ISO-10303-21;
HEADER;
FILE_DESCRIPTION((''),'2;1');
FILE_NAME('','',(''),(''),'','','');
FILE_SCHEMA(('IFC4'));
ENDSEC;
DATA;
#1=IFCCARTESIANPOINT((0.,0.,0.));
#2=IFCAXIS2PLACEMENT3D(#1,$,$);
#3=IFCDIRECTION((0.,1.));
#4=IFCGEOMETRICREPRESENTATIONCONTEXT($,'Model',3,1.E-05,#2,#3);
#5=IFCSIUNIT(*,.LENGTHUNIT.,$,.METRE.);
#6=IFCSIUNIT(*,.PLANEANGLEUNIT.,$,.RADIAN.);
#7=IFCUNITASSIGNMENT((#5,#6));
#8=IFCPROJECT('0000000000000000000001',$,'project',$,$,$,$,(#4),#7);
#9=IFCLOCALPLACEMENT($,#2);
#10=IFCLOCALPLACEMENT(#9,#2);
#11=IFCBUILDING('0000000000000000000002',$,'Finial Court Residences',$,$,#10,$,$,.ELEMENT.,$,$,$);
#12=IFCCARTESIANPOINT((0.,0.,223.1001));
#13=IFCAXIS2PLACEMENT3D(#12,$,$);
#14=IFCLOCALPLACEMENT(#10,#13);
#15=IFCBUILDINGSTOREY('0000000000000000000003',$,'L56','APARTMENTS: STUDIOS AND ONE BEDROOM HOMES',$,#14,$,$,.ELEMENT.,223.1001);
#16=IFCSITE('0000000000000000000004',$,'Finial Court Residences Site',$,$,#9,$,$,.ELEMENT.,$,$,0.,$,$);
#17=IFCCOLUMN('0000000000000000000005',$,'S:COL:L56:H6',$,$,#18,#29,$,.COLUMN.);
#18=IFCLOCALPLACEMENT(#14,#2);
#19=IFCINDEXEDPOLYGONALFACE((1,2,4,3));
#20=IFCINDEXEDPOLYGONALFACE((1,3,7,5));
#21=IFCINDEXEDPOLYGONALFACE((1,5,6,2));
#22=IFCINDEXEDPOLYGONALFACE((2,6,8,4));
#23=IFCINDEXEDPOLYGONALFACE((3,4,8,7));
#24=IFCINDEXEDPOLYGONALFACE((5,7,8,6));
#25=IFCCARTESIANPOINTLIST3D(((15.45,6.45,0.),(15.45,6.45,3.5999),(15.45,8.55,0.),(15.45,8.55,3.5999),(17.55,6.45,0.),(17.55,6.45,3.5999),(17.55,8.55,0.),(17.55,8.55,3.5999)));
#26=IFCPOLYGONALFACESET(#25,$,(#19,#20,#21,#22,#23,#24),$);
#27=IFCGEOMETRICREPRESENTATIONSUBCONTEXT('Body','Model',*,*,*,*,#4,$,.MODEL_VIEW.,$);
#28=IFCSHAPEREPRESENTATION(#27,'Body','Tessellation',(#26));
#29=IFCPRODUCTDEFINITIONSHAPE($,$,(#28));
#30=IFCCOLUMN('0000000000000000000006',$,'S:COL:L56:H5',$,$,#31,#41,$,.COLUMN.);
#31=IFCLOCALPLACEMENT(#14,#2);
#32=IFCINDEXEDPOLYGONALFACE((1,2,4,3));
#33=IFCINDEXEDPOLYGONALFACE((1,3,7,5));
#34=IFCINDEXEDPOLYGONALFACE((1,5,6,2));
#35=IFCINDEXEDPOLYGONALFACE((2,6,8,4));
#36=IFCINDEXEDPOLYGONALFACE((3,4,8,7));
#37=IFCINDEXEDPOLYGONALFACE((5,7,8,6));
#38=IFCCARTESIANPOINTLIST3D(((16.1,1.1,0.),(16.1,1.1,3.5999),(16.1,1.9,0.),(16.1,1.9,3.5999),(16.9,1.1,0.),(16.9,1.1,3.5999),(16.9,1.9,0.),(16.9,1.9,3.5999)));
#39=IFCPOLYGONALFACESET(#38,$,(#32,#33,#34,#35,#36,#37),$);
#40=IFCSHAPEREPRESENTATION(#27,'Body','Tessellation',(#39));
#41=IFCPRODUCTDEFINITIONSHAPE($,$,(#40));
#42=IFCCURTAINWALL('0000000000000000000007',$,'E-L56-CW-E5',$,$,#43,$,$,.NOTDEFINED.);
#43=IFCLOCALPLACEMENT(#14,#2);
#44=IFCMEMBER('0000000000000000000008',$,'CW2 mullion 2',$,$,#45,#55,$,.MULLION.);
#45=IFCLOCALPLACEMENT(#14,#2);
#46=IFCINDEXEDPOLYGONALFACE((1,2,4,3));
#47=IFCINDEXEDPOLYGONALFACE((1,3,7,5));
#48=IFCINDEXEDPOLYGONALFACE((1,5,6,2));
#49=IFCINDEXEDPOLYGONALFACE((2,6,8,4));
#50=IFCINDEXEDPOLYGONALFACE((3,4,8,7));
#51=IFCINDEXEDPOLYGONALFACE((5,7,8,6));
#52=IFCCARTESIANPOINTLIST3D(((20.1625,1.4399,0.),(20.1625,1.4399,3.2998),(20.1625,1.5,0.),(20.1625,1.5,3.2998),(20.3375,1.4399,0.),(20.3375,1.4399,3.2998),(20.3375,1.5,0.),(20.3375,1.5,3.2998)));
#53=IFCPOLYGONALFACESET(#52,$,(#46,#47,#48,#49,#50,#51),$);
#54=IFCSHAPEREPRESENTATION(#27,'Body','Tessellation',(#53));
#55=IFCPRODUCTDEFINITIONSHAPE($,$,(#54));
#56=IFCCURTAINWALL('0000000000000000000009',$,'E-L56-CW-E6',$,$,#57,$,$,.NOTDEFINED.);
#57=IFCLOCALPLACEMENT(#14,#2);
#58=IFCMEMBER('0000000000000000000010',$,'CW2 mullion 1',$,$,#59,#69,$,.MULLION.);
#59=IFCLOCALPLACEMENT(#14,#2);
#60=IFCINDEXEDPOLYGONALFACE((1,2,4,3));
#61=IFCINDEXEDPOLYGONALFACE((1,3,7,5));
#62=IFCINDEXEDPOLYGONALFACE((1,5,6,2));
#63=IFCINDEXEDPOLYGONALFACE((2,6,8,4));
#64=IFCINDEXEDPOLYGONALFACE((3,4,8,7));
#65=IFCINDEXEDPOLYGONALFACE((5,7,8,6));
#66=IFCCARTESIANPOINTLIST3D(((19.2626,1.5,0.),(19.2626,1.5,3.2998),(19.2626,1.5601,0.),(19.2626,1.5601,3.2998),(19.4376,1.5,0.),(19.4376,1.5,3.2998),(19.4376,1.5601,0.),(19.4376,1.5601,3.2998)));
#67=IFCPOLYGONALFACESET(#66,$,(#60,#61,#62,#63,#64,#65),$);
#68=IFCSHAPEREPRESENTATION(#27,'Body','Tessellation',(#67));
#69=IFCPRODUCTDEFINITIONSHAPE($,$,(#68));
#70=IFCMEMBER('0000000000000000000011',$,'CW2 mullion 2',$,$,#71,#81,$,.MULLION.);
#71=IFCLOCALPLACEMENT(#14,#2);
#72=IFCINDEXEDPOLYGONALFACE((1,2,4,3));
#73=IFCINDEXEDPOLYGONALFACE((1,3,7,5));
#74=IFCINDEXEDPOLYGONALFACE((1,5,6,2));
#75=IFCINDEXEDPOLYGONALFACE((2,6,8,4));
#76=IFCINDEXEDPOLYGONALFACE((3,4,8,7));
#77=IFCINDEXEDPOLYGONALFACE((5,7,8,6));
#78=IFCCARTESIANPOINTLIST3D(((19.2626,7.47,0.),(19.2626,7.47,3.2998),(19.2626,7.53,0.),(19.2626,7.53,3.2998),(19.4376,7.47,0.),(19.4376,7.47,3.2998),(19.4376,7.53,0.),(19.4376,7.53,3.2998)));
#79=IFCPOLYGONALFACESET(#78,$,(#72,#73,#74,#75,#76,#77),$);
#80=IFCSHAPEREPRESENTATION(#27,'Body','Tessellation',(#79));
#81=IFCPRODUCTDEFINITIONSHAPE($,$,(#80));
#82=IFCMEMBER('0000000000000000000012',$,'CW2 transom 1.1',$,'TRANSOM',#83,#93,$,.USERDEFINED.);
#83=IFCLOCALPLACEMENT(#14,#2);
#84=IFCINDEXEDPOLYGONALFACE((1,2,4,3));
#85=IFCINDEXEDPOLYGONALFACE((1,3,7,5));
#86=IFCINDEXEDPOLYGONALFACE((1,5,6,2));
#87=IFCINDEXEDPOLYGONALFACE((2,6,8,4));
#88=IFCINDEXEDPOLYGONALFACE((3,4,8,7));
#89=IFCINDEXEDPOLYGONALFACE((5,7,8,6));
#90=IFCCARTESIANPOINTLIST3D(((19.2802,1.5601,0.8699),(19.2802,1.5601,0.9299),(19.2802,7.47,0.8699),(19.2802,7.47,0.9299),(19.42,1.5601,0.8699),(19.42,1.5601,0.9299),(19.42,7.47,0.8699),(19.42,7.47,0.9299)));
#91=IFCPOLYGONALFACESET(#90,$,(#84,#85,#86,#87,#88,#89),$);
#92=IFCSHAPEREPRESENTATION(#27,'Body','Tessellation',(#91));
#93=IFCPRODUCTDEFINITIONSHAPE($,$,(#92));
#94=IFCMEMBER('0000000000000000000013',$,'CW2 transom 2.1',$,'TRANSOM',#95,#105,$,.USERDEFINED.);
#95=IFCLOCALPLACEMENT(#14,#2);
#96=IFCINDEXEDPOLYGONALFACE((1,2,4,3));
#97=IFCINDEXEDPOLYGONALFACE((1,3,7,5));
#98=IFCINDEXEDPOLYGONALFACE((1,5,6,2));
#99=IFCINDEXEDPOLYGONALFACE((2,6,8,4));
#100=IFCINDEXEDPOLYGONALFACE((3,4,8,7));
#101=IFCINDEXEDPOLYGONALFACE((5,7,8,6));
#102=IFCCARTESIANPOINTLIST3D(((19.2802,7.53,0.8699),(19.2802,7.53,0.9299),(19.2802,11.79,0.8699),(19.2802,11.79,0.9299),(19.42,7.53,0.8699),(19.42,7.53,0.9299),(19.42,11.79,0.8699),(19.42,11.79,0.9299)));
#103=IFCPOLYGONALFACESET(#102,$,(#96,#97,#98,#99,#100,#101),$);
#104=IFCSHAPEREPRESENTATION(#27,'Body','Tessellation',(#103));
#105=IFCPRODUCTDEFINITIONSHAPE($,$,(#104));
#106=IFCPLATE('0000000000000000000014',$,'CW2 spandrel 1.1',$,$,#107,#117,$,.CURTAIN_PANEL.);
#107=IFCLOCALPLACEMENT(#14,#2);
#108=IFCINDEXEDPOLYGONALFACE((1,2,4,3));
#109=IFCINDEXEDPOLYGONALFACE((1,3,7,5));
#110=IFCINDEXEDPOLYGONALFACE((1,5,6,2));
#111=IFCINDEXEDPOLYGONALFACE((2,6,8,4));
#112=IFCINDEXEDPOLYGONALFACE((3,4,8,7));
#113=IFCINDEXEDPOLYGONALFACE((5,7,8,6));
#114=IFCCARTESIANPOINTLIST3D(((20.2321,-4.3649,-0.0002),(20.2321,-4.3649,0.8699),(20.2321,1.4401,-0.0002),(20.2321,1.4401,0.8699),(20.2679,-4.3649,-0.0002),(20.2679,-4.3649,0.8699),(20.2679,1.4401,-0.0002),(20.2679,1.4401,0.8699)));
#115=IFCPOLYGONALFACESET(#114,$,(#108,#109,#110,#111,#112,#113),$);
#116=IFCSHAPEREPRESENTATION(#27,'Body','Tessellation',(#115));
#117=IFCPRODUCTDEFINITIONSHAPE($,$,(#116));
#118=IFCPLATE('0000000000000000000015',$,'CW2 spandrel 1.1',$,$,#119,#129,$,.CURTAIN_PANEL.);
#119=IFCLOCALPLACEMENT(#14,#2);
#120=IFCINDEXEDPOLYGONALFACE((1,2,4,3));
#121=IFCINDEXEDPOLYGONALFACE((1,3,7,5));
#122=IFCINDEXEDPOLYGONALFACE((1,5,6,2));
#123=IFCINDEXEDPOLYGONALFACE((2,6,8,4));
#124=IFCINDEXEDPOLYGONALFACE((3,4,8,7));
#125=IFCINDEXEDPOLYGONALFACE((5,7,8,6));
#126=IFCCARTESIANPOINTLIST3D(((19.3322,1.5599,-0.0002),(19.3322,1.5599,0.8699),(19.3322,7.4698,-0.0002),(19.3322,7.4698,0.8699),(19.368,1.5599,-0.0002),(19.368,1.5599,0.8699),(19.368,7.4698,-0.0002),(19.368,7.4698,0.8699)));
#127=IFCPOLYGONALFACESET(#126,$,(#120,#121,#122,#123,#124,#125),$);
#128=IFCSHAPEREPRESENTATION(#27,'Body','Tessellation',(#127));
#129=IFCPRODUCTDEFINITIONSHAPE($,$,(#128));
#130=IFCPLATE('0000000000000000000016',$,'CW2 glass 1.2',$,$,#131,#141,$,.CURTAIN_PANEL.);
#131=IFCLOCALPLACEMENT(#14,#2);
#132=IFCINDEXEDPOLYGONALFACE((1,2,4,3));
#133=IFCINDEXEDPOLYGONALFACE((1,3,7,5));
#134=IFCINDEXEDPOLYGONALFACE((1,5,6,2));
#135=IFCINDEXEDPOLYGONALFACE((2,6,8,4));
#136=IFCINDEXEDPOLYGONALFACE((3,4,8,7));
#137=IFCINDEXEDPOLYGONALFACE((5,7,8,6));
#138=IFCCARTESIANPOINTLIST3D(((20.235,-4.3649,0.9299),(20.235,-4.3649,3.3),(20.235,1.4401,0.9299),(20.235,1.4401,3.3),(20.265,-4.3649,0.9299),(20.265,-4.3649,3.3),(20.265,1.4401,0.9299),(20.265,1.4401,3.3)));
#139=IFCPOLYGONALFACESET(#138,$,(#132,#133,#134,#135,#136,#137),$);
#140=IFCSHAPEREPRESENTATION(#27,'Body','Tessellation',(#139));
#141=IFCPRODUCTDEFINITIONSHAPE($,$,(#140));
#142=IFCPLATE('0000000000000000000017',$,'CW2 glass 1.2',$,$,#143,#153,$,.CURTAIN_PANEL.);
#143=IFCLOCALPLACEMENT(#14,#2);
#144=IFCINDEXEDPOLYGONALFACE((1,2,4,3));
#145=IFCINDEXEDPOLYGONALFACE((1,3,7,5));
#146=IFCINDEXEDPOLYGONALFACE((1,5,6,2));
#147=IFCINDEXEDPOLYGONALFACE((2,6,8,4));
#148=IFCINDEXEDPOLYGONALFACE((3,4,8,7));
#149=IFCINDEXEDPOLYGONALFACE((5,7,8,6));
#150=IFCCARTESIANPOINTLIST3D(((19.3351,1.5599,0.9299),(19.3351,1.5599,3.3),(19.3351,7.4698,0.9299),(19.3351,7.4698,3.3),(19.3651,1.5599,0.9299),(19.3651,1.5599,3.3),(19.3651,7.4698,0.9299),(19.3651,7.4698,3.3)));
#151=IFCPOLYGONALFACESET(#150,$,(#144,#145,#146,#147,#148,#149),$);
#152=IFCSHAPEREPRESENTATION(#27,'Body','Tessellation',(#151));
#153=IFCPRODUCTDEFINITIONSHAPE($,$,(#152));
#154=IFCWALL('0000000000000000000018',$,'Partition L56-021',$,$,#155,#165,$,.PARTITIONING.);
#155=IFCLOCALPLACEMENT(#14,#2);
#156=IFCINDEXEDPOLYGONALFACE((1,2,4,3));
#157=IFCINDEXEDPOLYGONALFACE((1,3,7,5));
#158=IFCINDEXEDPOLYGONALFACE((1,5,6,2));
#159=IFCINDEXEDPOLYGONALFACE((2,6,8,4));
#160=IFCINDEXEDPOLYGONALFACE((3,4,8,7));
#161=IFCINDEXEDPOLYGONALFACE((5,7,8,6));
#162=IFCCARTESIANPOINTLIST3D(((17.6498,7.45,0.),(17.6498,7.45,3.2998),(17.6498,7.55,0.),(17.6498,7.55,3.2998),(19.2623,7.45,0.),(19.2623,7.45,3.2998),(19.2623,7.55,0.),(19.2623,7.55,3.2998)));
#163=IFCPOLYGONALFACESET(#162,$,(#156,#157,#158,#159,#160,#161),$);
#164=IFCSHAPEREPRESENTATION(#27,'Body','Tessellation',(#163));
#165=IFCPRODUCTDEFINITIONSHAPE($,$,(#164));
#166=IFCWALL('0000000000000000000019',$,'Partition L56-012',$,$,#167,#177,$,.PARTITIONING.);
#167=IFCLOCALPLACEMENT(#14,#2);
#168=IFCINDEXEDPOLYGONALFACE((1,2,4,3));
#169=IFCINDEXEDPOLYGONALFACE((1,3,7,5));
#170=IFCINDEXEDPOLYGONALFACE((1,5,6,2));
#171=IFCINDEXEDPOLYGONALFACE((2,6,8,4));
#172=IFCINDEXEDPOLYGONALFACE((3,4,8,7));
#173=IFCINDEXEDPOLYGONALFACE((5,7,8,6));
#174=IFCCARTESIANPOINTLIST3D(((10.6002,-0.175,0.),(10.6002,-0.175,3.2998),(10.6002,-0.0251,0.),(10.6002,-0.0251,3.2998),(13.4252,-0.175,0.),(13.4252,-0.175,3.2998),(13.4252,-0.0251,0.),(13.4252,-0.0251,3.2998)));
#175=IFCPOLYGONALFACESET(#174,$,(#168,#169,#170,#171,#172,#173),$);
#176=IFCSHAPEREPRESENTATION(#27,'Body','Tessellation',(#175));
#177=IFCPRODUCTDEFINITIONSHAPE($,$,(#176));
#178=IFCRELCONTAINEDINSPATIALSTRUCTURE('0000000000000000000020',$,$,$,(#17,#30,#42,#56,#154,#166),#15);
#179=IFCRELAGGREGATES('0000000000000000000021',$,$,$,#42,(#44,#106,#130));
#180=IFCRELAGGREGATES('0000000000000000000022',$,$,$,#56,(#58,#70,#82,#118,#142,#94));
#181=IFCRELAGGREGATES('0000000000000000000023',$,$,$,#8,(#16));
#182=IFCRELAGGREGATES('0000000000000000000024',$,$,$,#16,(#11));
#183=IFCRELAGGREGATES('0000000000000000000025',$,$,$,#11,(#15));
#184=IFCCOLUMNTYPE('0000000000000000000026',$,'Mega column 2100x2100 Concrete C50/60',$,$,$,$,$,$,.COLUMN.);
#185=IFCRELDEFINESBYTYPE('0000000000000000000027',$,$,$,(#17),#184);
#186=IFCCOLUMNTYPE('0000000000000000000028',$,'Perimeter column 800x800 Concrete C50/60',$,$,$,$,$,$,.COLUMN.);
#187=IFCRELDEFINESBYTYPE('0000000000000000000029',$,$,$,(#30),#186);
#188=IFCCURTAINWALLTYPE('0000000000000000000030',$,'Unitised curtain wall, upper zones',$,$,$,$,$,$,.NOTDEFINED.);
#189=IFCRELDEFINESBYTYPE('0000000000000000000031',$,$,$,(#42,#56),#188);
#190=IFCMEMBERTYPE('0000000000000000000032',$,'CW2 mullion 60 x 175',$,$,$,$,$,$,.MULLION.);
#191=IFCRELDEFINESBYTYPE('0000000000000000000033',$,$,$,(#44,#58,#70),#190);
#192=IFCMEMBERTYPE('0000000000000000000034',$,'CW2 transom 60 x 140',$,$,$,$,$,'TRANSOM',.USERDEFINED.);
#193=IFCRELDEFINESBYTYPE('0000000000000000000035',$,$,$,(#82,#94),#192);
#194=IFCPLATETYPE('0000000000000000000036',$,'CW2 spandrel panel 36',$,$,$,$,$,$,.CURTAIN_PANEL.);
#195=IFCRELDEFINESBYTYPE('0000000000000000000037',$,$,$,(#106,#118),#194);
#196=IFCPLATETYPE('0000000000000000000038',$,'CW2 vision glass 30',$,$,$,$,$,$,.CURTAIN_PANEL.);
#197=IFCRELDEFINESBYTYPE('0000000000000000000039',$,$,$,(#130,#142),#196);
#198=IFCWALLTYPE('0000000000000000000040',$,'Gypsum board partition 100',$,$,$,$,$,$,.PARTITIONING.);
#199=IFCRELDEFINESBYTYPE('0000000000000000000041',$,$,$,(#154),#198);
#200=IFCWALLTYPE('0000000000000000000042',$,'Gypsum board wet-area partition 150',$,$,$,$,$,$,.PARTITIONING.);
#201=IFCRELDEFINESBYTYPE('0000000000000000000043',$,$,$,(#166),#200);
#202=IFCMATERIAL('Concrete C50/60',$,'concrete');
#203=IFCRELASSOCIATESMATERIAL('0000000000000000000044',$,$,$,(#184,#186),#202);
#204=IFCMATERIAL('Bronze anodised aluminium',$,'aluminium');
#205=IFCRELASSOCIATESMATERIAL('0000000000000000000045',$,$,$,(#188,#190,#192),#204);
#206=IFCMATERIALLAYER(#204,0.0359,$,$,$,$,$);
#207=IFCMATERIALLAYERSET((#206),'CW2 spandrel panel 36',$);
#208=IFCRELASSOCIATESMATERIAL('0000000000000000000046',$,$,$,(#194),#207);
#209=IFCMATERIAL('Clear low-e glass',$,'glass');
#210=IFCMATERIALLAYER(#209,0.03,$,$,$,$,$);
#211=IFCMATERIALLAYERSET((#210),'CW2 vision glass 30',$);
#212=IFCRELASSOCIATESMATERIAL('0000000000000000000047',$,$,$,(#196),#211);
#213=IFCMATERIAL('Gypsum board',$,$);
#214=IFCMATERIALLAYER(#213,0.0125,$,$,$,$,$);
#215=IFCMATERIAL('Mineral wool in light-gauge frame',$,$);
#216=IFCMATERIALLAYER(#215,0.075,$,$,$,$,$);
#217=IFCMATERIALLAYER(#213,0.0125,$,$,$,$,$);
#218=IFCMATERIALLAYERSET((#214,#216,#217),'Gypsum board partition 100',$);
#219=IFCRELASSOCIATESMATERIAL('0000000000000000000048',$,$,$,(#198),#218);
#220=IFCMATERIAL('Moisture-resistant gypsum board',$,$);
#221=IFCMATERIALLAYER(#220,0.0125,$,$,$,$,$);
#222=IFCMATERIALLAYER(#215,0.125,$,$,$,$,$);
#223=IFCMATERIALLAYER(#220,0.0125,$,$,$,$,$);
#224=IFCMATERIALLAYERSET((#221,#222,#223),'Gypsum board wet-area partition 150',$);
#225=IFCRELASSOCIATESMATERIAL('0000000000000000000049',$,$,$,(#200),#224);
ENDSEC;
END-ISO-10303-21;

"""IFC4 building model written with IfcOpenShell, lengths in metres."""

from ifc_helpers import new_model, si_unit, direction, frame, frame_2d, origin, origin_2d, place, context, subcontext, project, spatial, rectangle, extrude, material, layer, layer_set, material_profile, profile_set, type_object, element, aggregate, save


model = new_model("IFC4")

# Units and contexts
model_context = context("Model", 3, precision=1e-05, world=origin(), true_north=direction((0.0, 1.0)))
body_context = subcontext(model_context, "Body", "Model", "MODEL_VIEW")
ifc_project = project(units=[si_unit("LENGTHUNIT", "METRE"), si_unit("PLANEANGLEUNIT", "RADIAN")], contexts=[model_context])

# Site, building, storey
site_placement = place(None, origin())
site = spatial("IfcSite", under=ifc_project, at=site_placement, Name="Finial Court Residences Site", CompositionType="ELEMENT", RefElevation=0.0)
building_placement = place(site_placement, origin())
building = spatial("IfcBuilding", under=site, at=building_placement, Name="Finial Court Residences", CompositionType="ELEMENT")
storey_placement = place(building_placement, frame((0.0, 0.0, 223.1001)))
storey = spatial("IfcBuildingStorey", under=building, at=storey_placement, Name="L56", Description="APARTMENTS: STUDIOS AND ONE BEDROOM HOMES", CompositionType="ELEMENT", Elevation=223.1001)

# Columns
ifc_material_1 = material(Name="Concrete C50/60", Category="concrete")
ifc_material_profile_1 = material_profile(ifc_material_1, rectangle(XDim=2.1001, YDim=2.1001, at=origin_2d()), Name="2100x2100")
ifc_profile_set_1 = profile_set([ifc_material_profile_1], Name="Concrete C50/60")
column_type_1 = type_object("IfcColumnType", Name="Mega column 2100x2100 Concrete C50/60", PredefinedType="COLUMN", material=ifc_profile_set_1)
column_1_placement = place(storey_placement, frame((16.5, 7.5, 0.0), z_axis=(0.0, 0.0, 1.0), x_axis=(1.0, 0.0, 0.0)))
element("IfcColumn", 1, at=column_1_placement, inside=storey, type_object=column_type_1, Name="S:COL:L56:H6", PredefinedType="COLUMN", context=body_context, shape_type="SweptSolid", body=[
    extrude(rectangle(XDim=2.1001, YDim=2.1001, at=origin_2d()), origin(), (0.0, 0.0, 1.0), 3.5999),
])
ifc_material_profile_2 = material_profile(ifc_material_1, rectangle(XDim=0.8, YDim=0.8, at=origin_2d()), Name="800x800")
ifc_profile_set_2 = profile_set([ifc_material_profile_2], Name="Concrete C50/60")
column_type_2 = type_object("IfcColumnType", Name="Perimeter column 800x800 Concrete C50/60", PredefinedType="COLUMN", material=ifc_profile_set_2)
column_2_placement = place(storey_placement, frame((16.5, 1.5, 0.0), z_axis=(0.0, 0.0, 1.0), x_axis=(1.0, 0.0, 0.0)))
element("IfcColumn", 2, at=column_2_placement, inside=storey, type_object=column_type_2, Name="S:COL:L56:H5", PredefinedType="COLUMN", context=body_context, shape_type="SweptSolid", body=[
    extrude(rectangle(XDim=0.8, YDim=0.8, at=origin_2d()), origin(), (0.0, 0.0, 1.0), 3.5999),
])

# Curtain wall, member
ifc_material_2 = material(Name="Bronze anodised aluminium", Category="aluminium")
curtain_wall_type = type_object("IfcCurtainWallType", Name="Unitised curtain wall, upper zones", PredefinedType="NOTDEFINED", material=ifc_material_2)
curtain_wall_1_placement = place(storey_placement, origin())
curtain_wall_1 = element("IfcCurtainWall", 3, at=curtain_wall_1_placement, inside=storey, type_object=curtain_wall_type, Name="E-L56-CW-E5", PredefinedType="NOTDEFINED")
ifc_material_profile_3 = material_profile(ifc_material_2, rectangle(XDim=0.175, YDim=0.0601, at=origin_2d()), Name="CW2 mullion 60 x 175")
ifc_profile_set_3 = profile_set([ifc_material_profile_3], Name="Bronze anodised aluminium")
member_type_1 = type_object("IfcMemberType", Name="CW2 mullion 60 x 175", PredefinedType="MULLION", material=ifc_profile_set_3)
member_1_placement = place(storey_placement, frame((20.25, 1.47, 0.0), z_axis=(0.0, 0.0, 1.0), x_axis=(-1.0, 0.0, 0.0)))
member_1 = element("IfcMember", 4, at=member_1_placement, type_object=member_type_1, Name="CW2 mullion 2", PredefinedType="MULLION", context=body_context, shape_type="SweptSolid", body=[
    extrude(rectangle(XDim=0.175, YDim=0.0601, at=origin_2d()), origin(), (0.0, 0.0, 1.0), 3.2998),
])

# Curtain wall, members
curtain_wall_2_placement = place(storey_placement, origin())
curtain_wall_2 = element("IfcCurtainWall", 5, at=curtain_wall_2_placement, inside=storey, type_object=curtain_wall_type, Name="E-L56-CW-E6", PredefinedType="NOTDEFINED")
member_2_placement = place(storey_placement, frame((19.3501, 1.53, 0.0), z_axis=(0.0, 0.0, 1.0), x_axis=(-1.0, 0.0, 0.0)))
member_2 = element("IfcMember", 6, at=member_2_placement, type_object=member_type_1, Name="CW2 mullion 1", PredefinedType="MULLION", context=body_context, shape_type="SweptSolid", body=[
    extrude(rectangle(XDim=0.175, YDim=0.0601, at=origin_2d()), origin(), (0.0, 0.0, 1.0), 3.2998),
])
member_3_placement = place(storey_placement, frame((19.3501, 7.5, 0.0), z_axis=(0.0, 0.0, 1.0), x_axis=(-1.0, 0.0, 0.0)))
member_3 = element("IfcMember", 7, at=member_3_placement, type_object=member_type_1, Name="CW2 mullion 2", PredefinedType="MULLION", context=body_context, shape_type="SweptSolid", body=[
    extrude(rectangle(XDim=0.175, YDim=0.0601, at=origin_2d()), origin(), (0.0, 0.0, 1.0), 3.2998),
])
ifc_material_profile_4 = material_profile(ifc_material_2, rectangle(XDim=0.1399, YDim=0.0601, at=origin_2d()), Name="CW2 transom 60 x 140")
ifc_profile_set_4 = profile_set([ifc_material_profile_4], Name="Bronze anodised aluminium")
member_type_2 = type_object("IfcMemberType", Name="CW2 transom 60 x 140", ElementType="TRANSOM", PredefinedType="USERDEFINED", material=ifc_profile_set_4)
member_4_placement = place(storey_placement, frame((19.3501, 1.5601, 0.8999), z_axis=(0.0, 1.0, 0.0), x_axis=(-1.0, 0.0, 0.0)))
member_4 = element("IfcMember", 8, at=member_4_placement, type_object=member_type_2, Name="CW2 transom 1.1", ObjectType="TRANSOM", PredefinedType="USERDEFINED", context=body_context, shape_type="SweptSolid", body=[
    extrude(rectangle(XDim=0.1399, YDim=0.0601, at=origin_2d()), origin(), (0.0, 0.0, 1.0), 5.9099),
])
member_5_placement = place(storey_placement, frame((19.3501, 7.53, 0.8999), z_axis=(0.0, 1.0, 0.0), x_axis=(-1.0, 0.0, 0.0)))
member_5 = element("IfcMember", 9, at=member_5_placement, type_object=member_type_2, Name="CW2 transom 2.1", ObjectType="TRANSOM", PredefinedType="USERDEFINED", context=body_context, shape_type="SweptSolid", body=[
    extrude(rectangle(XDim=0.1399, YDim=0.0601, at=origin_2d()), origin(), (0.0, 0.0, 1.0), 4.26),
])

# Plates
ifc_layer_1 = layer(ifc_material_2, 0.0359)
ifc_layer_set_1 = layer_set([ifc_layer_1], Name="CW2 spandrel panel 36")
plate_type_1 = type_object("IfcPlateType", Name="CW2 spandrel panel 36", PredefinedType="CURTAIN_PANEL", material=ifc_layer_set_1)
plate_1_placement = place(storey_placement, frame((20.25, -1.4624, -0.0002), z_axis=(0.0, 0.0, 1.0), x_axis=(0.0, 1.0, 0.0)))
plate_1 = element("IfcPlate", 10, at=plate_1_placement, type_object=plate_type_1, Name="CW2 spandrel 1.1", PredefinedType="CURTAIN_PANEL", context=body_context, shape_type="SweptSolid", body=[
    extrude(rectangle(XDim=5.8049, YDim=0.0359, at=origin_2d()), origin(), (0.0, 0.0, 1.0), 0.8701),
])
plate_2_placement = place(storey_placement, frame((19.3501, 4.5149, -0.0002), z_axis=(0.0, 0.0, 1.0), x_axis=(0.0, 1.0, 0.0)))
plate_2 = element("IfcPlate", 11, at=plate_2_placement, type_object=plate_type_1, Name="CW2 spandrel 1.1", PredefinedType="CURTAIN_PANEL", context=body_context, shape_type="SweptSolid", body=[
    extrude(rectangle(XDim=5.9099, YDim=0.0359, at=origin_2d()), origin(), (0.0, 0.0, 1.0), 0.8701),
])
ifc_material_3 = material(Name="Clear low-e glass", Category="glass")
ifc_layer_2 = layer(ifc_material_3, 0.03)
ifc_layer_set_2 = layer_set([ifc_layer_2], Name="CW2 vision glass 30")
plate_type_2 = type_object("IfcPlateType", Name="CW2 vision glass 30", PredefinedType="CURTAIN_PANEL", material=ifc_layer_set_2)
plate_3_placement = place(storey_placement, frame((20.25, -1.4624, 0.9299), z_axis=(0.0, 0.0, 1.0), x_axis=(0.0, 1.0, 0.0)))
plate_3 = element("IfcPlate", 12, at=plate_3_placement, type_object=plate_type_2, Name="CW2 glass 1.2", PredefinedType="CURTAIN_PANEL", context=body_context, shape_type="SweptSolid", body=[
    extrude(rectangle(XDim=5.8049, YDim=0.03, at=origin_2d()), origin(), (0.0, 0.0, 1.0), 2.3701),
])
aggregate(curtain_wall_1, [member_1, plate_1, plate_3])
plate_4_placement = place(storey_placement, frame((19.3501, 4.5149, 0.9299), z_axis=(0.0, 0.0, 1.0), x_axis=(0.0, 1.0, 0.0)))
plate_4 = element("IfcPlate", 13, at=plate_4_placement, type_object=plate_type_2, Name="CW2 glass 1.2", PredefinedType="CURTAIN_PANEL", context=body_context, shape_type="SweptSolid", body=[
    extrude(rectangle(XDim=5.9099, YDim=0.03, at=origin_2d()), origin(), (0.0, 0.0, 1.0), 2.3701),
])
aggregate(curtain_wall_2, [member_2, member_3, member_4, plate_2, plate_4, member_5])

# Walls
ifc_material_4 = material(Name="Gypsum board")
ifc_layer_3 = layer(ifc_material_4, 0.0125)
ifc_material_5 = material(Name="Mineral wool in light-gauge frame")
ifc_layer_4 = layer(ifc_material_5, 0.075)
ifc_layer_5 = layer(ifc_material_4, 0.0125)
ifc_layer_set_3 = layer_set([ifc_layer_3, ifc_layer_4, ifc_layer_5], Name="Gypsum board partition 100")
wall_type_1 = type_object("IfcWallType", Name="Gypsum board partition 100", PredefinedType="PARTITIONING", material=ifc_layer_set_3)
wall_1_placement = place(storey_placement, frame((17.6499, 7.5, 0.0), z_axis=(0.0, 0.0, 1.0), x_axis=(1.0, 0.0, 0.0)))
element("IfcWall", 14, at=wall_1_placement, inside=storey, type_object=wall_type_1, Name="Partition L56-021", PredefinedType="PARTITIONING", context=body_context, shape_type="SweptSolid", body=[
    extrude(rectangle(XDim=1.6125, YDim=0.1001, at=frame_2d((0.8062, 0.0))), origin(), (0.0, 0.0, 1.0), 3.2998),
])
ifc_material_6 = material(Name="Moisture-resistant gypsum board")
ifc_layer_6 = layer(ifc_material_6, 0.0125)
ifc_layer_7 = layer(ifc_material_5, 0.125)
ifc_layer_8 = layer(ifc_material_6, 0.0125)
ifc_layer_set_4 = layer_set([ifc_layer_6, ifc_layer_7, ifc_layer_8], Name="Gypsum board wet-area partition 150")
wall_type_2 = type_object("IfcWallType", Name="Gypsum board wet-area partition 150", PredefinedType="PARTITIONING", material=ifc_layer_set_4)
wall_2_placement = place(storey_placement, frame((10.6001, -0.1001, 0.0), z_axis=(0.0, 0.0, 1.0), x_axis=(1.0, 0.0, 0.0)))
element("IfcWall", 15, at=wall_2_placement, inside=storey, type_object=wall_type_2, Name="Partition L56-012", PredefinedType="PARTITIONING", context=body_context, shape_type="SweptSolid", body=[
    extrude(rectangle(XDim=2.825, YDim=0.1499, at=frame_2d((1.4126, 0.0))), origin(), (0.0, 0.0, 1.0), 3.2998),
])

save(model, "model.ifc")
